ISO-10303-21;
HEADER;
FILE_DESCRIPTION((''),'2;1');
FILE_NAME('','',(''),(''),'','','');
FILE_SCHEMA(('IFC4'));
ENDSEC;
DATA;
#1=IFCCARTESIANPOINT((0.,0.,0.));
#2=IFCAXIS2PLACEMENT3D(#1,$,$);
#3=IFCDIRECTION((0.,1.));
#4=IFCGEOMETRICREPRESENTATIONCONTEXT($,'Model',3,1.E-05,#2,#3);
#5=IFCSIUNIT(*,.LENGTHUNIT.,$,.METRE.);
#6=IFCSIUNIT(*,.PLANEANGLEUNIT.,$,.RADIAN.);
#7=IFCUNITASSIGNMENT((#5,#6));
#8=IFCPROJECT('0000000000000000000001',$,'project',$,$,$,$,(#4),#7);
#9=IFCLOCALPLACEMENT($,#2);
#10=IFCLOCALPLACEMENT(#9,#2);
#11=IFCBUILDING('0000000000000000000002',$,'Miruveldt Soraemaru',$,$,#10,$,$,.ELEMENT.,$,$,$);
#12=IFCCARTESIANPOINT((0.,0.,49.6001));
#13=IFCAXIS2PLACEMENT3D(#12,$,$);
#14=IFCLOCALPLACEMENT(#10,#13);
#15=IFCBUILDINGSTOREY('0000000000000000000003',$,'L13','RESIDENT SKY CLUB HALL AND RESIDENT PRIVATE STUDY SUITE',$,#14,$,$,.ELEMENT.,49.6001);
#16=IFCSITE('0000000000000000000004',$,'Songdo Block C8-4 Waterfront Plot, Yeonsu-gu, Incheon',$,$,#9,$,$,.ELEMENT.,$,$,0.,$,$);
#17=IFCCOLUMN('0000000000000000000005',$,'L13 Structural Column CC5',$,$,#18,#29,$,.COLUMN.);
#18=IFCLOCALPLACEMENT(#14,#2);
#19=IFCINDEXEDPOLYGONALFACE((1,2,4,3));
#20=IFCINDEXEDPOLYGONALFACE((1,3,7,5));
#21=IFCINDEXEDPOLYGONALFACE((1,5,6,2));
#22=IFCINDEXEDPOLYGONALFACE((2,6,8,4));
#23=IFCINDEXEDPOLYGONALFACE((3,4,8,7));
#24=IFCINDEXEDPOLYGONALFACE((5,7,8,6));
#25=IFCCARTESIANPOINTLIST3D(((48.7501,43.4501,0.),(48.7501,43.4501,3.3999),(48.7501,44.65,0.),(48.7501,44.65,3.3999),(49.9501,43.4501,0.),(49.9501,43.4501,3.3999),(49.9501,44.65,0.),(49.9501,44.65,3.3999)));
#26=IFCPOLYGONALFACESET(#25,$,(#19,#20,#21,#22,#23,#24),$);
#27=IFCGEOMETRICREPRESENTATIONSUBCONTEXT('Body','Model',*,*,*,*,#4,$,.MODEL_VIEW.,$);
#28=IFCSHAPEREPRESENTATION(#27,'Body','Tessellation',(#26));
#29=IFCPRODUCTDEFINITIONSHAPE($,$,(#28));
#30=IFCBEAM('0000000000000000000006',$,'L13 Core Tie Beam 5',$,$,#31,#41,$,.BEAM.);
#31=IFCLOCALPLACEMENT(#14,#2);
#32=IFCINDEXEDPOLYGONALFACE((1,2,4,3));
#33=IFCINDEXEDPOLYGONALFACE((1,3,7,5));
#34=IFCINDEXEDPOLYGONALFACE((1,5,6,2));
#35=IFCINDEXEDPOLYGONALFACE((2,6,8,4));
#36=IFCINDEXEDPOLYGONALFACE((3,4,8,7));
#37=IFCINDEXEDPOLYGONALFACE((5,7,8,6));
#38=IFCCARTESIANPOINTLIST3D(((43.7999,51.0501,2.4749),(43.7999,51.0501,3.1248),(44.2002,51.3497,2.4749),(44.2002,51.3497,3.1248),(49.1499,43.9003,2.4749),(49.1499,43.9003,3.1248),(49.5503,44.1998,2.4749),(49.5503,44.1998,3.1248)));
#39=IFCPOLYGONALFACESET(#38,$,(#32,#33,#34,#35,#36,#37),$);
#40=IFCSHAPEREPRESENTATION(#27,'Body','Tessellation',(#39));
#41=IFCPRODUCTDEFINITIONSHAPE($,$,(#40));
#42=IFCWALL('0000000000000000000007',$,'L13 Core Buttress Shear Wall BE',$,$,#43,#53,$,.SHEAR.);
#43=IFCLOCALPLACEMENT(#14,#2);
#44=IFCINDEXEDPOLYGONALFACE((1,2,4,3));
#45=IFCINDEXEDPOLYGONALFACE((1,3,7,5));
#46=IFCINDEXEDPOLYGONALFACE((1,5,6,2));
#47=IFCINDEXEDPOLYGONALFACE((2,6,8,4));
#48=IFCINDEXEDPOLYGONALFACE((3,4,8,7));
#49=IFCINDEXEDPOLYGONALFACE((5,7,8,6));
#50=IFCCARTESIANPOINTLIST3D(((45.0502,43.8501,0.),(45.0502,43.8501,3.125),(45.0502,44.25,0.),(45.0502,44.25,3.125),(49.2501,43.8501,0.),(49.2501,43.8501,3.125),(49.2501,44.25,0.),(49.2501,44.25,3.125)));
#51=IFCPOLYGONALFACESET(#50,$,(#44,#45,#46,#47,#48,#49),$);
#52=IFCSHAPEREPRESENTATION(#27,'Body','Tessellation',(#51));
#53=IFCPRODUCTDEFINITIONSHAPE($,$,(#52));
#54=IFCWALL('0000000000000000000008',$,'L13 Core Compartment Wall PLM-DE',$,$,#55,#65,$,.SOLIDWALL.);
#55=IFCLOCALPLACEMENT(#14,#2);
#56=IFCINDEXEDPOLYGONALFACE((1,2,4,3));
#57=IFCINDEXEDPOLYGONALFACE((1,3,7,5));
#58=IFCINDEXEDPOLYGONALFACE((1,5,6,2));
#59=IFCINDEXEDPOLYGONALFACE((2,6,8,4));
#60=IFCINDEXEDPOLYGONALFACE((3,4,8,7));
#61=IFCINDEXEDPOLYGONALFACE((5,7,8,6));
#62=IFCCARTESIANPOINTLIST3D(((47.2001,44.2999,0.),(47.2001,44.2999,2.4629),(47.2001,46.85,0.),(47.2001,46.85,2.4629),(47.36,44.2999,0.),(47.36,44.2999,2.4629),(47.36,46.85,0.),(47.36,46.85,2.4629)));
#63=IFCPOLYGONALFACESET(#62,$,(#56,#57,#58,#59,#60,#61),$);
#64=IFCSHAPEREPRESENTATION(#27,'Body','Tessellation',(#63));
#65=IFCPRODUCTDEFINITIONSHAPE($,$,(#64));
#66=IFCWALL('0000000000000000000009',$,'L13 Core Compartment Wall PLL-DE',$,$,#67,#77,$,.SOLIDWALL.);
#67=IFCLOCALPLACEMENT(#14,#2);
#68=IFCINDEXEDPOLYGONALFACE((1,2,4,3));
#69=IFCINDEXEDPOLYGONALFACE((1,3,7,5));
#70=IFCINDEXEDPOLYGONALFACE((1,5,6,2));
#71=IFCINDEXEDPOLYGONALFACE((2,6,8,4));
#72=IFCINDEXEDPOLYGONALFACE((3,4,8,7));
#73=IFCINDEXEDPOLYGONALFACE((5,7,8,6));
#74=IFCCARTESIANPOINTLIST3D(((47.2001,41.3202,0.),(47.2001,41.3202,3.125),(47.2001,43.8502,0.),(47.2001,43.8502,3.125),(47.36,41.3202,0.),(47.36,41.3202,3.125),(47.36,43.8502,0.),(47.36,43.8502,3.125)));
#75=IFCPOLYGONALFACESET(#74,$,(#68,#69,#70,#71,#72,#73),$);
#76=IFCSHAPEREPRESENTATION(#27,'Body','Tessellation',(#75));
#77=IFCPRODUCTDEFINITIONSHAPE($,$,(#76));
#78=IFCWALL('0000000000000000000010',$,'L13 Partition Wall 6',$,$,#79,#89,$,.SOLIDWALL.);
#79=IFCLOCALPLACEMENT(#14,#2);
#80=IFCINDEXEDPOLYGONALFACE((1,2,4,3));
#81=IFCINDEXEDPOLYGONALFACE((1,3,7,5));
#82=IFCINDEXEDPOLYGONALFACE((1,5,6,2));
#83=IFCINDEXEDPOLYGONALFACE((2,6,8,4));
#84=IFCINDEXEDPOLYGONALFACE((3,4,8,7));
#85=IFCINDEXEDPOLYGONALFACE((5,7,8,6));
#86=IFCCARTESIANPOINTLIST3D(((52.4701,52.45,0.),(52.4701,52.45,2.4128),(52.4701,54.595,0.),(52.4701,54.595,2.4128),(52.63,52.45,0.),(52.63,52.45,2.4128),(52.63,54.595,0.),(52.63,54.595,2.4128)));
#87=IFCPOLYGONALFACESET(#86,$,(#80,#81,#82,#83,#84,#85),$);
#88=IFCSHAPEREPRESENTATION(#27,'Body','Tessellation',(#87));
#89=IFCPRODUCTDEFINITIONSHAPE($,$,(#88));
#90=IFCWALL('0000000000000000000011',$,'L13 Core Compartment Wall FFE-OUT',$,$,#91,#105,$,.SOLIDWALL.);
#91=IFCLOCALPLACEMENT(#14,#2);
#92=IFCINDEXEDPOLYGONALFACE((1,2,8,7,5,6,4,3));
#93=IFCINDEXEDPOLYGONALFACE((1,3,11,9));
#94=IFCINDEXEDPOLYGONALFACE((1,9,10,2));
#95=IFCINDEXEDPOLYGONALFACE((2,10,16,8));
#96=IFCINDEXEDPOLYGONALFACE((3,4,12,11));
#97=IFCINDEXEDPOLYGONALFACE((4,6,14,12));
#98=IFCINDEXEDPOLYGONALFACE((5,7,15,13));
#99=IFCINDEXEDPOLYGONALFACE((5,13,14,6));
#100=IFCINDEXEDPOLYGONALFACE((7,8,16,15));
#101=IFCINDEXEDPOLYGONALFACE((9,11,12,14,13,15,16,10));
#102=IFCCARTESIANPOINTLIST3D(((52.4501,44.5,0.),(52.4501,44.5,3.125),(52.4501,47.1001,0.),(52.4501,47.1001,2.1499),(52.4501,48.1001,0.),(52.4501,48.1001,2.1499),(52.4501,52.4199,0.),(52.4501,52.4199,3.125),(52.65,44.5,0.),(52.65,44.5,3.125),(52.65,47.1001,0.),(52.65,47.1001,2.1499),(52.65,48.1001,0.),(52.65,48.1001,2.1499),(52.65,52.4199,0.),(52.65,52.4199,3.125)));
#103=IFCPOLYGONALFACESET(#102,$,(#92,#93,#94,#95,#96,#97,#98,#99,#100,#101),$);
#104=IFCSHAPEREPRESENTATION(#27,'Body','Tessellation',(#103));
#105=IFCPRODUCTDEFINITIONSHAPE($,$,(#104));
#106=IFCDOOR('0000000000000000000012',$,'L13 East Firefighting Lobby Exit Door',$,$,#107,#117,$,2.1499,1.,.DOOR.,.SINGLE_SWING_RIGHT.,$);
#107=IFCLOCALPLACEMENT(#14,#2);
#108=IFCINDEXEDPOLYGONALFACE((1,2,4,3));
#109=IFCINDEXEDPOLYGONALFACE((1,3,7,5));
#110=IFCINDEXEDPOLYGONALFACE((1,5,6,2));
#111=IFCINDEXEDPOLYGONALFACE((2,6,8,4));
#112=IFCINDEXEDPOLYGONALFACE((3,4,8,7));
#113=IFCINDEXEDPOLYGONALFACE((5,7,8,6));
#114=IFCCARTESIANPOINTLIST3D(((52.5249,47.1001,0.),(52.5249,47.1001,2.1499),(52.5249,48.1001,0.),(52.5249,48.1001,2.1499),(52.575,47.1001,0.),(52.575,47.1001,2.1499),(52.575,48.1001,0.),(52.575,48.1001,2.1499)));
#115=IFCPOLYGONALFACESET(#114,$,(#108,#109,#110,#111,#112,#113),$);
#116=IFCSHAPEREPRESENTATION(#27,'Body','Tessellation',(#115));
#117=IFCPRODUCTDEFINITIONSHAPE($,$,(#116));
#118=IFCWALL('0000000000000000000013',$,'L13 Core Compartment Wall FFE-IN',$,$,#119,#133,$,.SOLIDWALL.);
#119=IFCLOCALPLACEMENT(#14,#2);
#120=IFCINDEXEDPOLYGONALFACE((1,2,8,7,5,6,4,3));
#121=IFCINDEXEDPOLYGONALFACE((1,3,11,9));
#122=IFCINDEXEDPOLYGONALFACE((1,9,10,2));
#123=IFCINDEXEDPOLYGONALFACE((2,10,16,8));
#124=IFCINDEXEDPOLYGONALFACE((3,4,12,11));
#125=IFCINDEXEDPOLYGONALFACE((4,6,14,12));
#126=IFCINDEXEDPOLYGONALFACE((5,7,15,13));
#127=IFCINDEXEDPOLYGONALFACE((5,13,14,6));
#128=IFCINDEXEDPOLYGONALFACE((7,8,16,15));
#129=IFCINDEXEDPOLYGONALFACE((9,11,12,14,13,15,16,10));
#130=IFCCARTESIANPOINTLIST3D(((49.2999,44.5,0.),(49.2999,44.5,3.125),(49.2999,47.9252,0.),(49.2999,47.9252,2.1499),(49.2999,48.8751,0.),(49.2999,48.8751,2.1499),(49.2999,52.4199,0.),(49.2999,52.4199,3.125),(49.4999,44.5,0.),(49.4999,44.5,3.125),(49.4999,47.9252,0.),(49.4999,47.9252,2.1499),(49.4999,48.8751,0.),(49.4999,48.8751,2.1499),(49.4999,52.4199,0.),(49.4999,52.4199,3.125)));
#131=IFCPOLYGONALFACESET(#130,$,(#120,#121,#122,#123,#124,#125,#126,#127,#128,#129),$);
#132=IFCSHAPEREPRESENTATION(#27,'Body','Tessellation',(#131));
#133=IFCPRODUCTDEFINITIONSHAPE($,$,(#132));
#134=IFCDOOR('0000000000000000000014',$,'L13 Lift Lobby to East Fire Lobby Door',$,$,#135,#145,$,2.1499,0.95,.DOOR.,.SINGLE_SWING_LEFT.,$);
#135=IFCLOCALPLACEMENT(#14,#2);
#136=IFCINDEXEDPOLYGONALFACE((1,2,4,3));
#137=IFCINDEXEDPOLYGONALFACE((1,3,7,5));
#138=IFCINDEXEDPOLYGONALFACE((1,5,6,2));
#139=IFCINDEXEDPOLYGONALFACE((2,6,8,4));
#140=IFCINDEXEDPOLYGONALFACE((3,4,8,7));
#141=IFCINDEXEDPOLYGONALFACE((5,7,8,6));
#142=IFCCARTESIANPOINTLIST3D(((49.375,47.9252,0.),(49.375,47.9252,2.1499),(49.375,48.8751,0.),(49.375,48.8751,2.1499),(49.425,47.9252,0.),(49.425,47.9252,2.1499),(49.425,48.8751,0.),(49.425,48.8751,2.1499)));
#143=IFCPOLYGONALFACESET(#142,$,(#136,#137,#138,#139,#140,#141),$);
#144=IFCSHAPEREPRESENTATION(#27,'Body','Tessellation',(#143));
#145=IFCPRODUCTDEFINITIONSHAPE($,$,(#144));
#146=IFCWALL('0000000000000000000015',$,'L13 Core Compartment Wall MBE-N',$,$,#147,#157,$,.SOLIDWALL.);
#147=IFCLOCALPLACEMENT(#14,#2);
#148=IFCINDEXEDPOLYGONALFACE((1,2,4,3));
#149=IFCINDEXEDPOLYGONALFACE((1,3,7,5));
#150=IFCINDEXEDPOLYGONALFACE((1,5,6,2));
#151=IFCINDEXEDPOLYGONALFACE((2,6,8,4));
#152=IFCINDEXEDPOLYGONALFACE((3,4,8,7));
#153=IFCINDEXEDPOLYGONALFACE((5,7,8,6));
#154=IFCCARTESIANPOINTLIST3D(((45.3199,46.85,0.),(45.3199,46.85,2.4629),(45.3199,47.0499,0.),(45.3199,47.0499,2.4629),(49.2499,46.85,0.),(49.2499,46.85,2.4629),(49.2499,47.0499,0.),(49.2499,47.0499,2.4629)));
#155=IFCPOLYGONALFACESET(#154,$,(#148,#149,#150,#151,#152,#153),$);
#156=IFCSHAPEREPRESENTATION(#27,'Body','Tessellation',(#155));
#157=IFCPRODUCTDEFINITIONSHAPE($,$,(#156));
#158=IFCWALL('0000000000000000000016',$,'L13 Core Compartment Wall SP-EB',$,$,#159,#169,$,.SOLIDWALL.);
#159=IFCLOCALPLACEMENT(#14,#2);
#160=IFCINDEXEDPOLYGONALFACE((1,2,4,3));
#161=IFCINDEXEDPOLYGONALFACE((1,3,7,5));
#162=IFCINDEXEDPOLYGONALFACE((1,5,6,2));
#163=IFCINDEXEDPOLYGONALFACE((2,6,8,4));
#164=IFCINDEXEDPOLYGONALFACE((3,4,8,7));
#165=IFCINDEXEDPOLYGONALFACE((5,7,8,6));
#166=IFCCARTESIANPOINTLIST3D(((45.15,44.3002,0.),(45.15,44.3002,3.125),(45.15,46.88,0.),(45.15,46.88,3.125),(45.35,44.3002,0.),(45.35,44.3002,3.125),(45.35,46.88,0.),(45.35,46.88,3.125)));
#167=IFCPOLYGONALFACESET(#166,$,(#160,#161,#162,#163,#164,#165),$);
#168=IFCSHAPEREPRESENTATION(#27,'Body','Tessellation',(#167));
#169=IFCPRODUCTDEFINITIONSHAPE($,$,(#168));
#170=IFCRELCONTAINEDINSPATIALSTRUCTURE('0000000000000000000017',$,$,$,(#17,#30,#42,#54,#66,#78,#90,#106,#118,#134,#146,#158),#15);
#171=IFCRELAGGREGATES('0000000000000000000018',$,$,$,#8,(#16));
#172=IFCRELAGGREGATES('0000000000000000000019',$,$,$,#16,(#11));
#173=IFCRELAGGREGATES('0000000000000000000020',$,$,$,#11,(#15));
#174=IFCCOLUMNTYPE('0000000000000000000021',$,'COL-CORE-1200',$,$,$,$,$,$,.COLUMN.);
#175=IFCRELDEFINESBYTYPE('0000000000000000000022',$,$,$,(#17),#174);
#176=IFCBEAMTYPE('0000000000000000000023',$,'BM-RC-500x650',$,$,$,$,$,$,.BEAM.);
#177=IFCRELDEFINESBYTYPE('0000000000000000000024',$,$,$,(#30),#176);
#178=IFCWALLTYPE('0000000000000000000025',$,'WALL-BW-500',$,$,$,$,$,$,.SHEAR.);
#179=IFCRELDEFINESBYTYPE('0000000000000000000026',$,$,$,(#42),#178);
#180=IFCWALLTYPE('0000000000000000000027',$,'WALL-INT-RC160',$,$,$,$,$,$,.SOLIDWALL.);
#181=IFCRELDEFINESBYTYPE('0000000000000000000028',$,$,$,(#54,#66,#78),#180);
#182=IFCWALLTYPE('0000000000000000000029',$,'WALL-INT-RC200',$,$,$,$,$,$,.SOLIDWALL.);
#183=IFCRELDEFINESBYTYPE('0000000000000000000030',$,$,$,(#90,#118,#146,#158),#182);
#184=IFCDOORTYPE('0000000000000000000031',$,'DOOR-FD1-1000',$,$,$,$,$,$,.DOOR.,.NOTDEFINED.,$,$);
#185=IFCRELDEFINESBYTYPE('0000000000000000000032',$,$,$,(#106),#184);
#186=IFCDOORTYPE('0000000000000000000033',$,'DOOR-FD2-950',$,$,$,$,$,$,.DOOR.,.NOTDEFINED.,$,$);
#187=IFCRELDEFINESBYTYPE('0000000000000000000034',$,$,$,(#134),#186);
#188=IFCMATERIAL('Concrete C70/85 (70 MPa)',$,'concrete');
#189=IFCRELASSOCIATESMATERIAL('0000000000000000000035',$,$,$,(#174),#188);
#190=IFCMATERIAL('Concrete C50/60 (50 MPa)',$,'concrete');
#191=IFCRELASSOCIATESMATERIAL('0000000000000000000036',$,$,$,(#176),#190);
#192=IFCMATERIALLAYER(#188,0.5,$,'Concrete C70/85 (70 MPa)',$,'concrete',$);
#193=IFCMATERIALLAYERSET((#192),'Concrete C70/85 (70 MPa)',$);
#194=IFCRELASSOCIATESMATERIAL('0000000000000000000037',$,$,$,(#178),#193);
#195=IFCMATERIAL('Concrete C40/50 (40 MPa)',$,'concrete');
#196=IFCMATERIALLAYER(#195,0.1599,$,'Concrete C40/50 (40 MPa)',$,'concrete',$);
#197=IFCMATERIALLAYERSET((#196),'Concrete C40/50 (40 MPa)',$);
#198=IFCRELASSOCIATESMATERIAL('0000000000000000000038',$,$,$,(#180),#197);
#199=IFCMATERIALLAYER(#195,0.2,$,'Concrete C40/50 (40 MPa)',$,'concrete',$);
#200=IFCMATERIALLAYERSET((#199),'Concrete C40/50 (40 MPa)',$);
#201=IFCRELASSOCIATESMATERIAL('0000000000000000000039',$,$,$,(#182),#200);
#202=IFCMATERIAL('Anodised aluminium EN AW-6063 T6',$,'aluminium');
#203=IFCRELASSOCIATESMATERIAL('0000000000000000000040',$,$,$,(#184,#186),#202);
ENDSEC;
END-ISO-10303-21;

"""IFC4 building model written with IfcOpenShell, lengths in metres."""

from ifc_helpers import new_model, si_unit, direction, frame, frame_2d, origin, origin_2d, place, context, subcontext, project, spatial, rectangle, extrude, material, layer, layer_set, material_profile, profile_set, type_object, element, fill, save


model = new_model("IFC4")

# Units and contexts
model_context = context("Model", 3, precision=1e-05, world=origin(), true_north=direction((0.0, 1.0)))
body_context = subcontext(model_context, "Body", "Model", "MODEL_VIEW")
ifc_project = project(units=[si_unit("LENGTHUNIT", "METRE"), si_unit("PLANEANGLEUNIT", "RADIAN")], contexts=[model_context])

# Site, building, storey
site_placement = place(None, origin())
site = spatial("IfcSite", under=ifc_project, at=site_placement, Name="Songdo Block C8-4 Waterfront Plot, Yeonsu-gu, Incheon", CompositionType="ELEMENT", RefElevation=0.0)
building_placement = place(site_placement, origin())
building = spatial("IfcBuilding", under=site, at=building_placement, Name="Miruveldt Soraemaru", CompositionType="ELEMENT")
storey_placement = place(building_placement, frame((0.0, 0.0, 49.6001)))
storey = spatial("IfcBuildingStorey", under=building, at=storey_placement, Name="L13", Description="RESIDENT SKY CLUB HALL AND RESIDENT PRIVATE STUDY SUITE", CompositionType="ELEMENT", Elevation=49.6001)

# Column
ifc_material_1 = material(Name="Concrete C70/85 (70 MPa)", Category="concrete")
ifc_material_profile_1 = material_profile(ifc_material_1, rectangle(XDim=1.2, YDim=1.2, at=origin_2d()), Name="Concrete C70/85 (70 MPa)", Category="concrete")
ifc_profile_set_1 = profile_set([ifc_material_profile_1], Name="Concrete C70/85 (70 MPa)")
column_type = type_object("IfcColumnType", Name="COL-CORE-1200", PredefinedType="COLUMN", material=ifc_profile_set_1)
column_placement = place(storey_placement, frame((49.3501, 44.05, 0.0), z_axis=(0.0, 0.0, 1.0), x_axis=(1.0, 0.0, 0.0)))
element("IfcColumn", 1, at=column_placement, inside=storey, type_object=column_type, Name="L13 Structural Column CC5", PredefinedType="COLUMN", context=body_context, shape_type="SweptSolid", body=[
    extrude(rectangle(XDim=1.2, YDim=1.2, at=origin_2d()), origin(), (0.0, 0.0, 1.0), 3.3999),
])

# Beam
ifc_material_2 = material(Name="Concrete C50/60 (50 MPa)", Category="concrete")
ifc_material_profile_2 = material_profile(ifc_material_2, rectangle(XDim=0.5, YDim=0.6499, at=origin_2d()), Name="Concrete C50/60 (50 MPa)", Category="concrete")
ifc_profile_set_2 = profile_set([ifc_material_profile_2], Name="Concrete C50/60 (50 MPa)")
beam_type = type_object("IfcBeamType", Name="BM-RC-500x650", PredefinedType="BEAM", material=ifc_profile_set_2)
beam_placement = place(storey_placement, frame((49.3501, 44.05, 2.7998), z_axis=(-0.599116, 0.800662, 0.0), x_axis=(-0.800662, -0.599116, 0.0)))
element("IfcBeam", 2, at=beam_placement, inside=storey, type_object=beam_type, Name="L13 Core Tie Beam 5", PredefinedType="BEAM", context=body_context, shape_type="SweptSolid", body=[
    extrude(rectangle(XDim=0.5, YDim=0.6499, at=origin_2d()), origin(), (0.0, 0.0, 1.0), 8.9299),
])

# Walls
ifc_layer_1 = layer(ifc_material_1, 0.5, Name="Concrete C70/85 (70 MPa)", Category="concrete")
ifc_layer_set_1 = layer_set([ifc_layer_1], Name="Concrete C70/85 (70 MPa)")
wall_type_1 = type_object("IfcWallType", Name="WALL-BW-500", PredefinedType="SHEAR", material=ifc_layer_set_1)
wall_1_placement = place(storey_placement, frame((45.05, 44.05, 0.0), z_axis=(0.0, 0.0, 1.0), x_axis=(1.0, 0.0, 0.0)))
element("IfcWall", 3, at=wall_1_placement, inside=storey, type_object=wall_type_1, Name="L13 Core Buttress Shear Wall BE", PredefinedType="SHEAR", context=body_context, shape_type="SweptSolid", body=[
    extrude(rectangle(XDim=4.2, YDim=0.3999, at=frame_2d((2.1001, 0.0))), origin(), (0.0, 0.0, 1.0), 3.125),
])
ifc_material_3 = material(Name="Concrete C40/50 (40 MPa)", Category="concrete")
ifc_layer_2 = layer(ifc_material_3, 0.1599, Name="Concrete C40/50 (40 MPa)", Category="concrete")
ifc_layer_set_2 = layer_set([ifc_layer_2], Name="Concrete C40/50 (40 MPa)")
wall_type_2 = type_object("IfcWallType", Name="WALL-INT-RC160", PredefinedType="SOLIDWALL", material=ifc_layer_set_2)
wall_2_placement = place(storey_placement, frame((47.28, 44.3, 0.0), z_axis=(0.0, 0.0, 1.0), x_axis=(0.0, 1.0, 0.0)))
element("IfcWall", 4, at=wall_2_placement, inside=storey, type_object=wall_type_2, Name="L13 Core Compartment Wall PLM-DE", PredefinedType="SOLIDWALL", context=body_context, shape_type="SweptSolid", body=[
    extrude(rectangle(XDim=2.55, YDim=0.1599, at=frame_2d((1.2749, 0.0))), origin(), (0.0, 0.0, 1.0), 2.4629),
])
wall_3_placement = place(storey_placement, frame((47.28, 41.3201, 0.0), z_axis=(0.0, 0.0, 1.0), x_axis=(0.0, 1.0, 0.0)))
element("IfcWall", 5, at=wall_3_placement, inside=storey, type_object=wall_type_2, Name="L13 Core Compartment Wall PLL-DE", PredefinedType="SOLIDWALL", context=body_context, shape_type="SweptSolid", body=[
    extrude(rectangle(XDim=2.53, YDim=0.1599, at=frame_2d((1.2651, 0.0))), origin(), (0.0, 0.0, 1.0), 3.125),
])
wall_4_placement = place(storey_placement, frame((52.55, 52.45, 0.0), z_axis=(0.0, 0.0, 1.0), x_axis=(0.0, 1.0, 0.0)))
element("IfcWall", 6, at=wall_4_placement, inside=storey, type_object=wall_type_2, Name="L13 Partition Wall 6", PredefinedType="SOLIDWALL", context=body_context, shape_type="SweptSolid", body=[
    extrude(rectangle(XDim=2.145, YDim=0.1599, at=frame_2d((1.0725, 0.0))), origin(), (0.0, 0.0, 1.0), 2.4128),
])

# Walls, openings, doors
ifc_layer_3 = layer(ifc_material_3, 0.2, Name="Concrete C40/50 (40 MPa)", Category="concrete")
ifc_layer_set_3 = layer_set([ifc_layer_3], Name="Concrete C40/50 (40 MPa)")
wall_type_3 = type_object("IfcWallType", Name="WALL-INT-RC200", PredefinedType="SOLIDWALL", material=ifc_layer_set_3)
wall_5_placement = place(storey_placement, frame((52.55, 44.5, 0.0), z_axis=(0.0, 0.0, 1.0), x_axis=(0.0, 1.0, 0.0)))
wall_5 = element("IfcWall", 7, at=wall_5_placement, inside=storey, type_object=wall_type_3, Name="L13 Core Compartment Wall FFE-OUT", PredefinedType="SOLIDWALL", context=body_context, shape_type="SweptSolid", body=[
    extrude(rectangle(XDim=7.9199, YDim=0.2, at=frame_2d((3.96, 0.0))), origin(), (0.0, 0.0, 1.0), 3.125),
])
opening_1_placement = place(wall_5_placement, frame((2.6001, 0.0, 0.0)))
opening_1 = element("IfcOpeningElement", 8, at=opening_1_placement, cuts=wall_5, PredefinedType="OPENING", context=body_context, shape_type="SweptSolid", body=[
    extrude(rectangle(XDim=1.0, YDim=2.1499, at=frame_2d((0.5, 1.075))), frame((0.0, 0.1099, 0.0), z_axis=(0.0, -1.0, 0.0), x_axis=(1.0, 0.0, 0.0)), (0.0, 0.0, 1.0), 0.22),
])
ifc_material_4 = material(Name="Anodised aluminium EN AW-6063 T6", Category="aluminium")
door_type_1 = type_object("IfcDoorType", Name="DOOR-FD1-1000", OperationType="NOTDEFINED", PredefinedType="DOOR", material=ifc_material_4)
door_1_placement = place(opening_1_placement, frame((1.0, 0.0, 0.0), z_axis=(0.0, 0.0, 1.0), x_axis=(-1.0, 0.0, 0.0)))
door_1 = element("IfcDoor", 9, at=door_1_placement, inside=storey, type_object=door_type_1, Name="L13 East Firefighting Lobby Exit Door", OperationType="SINGLE_SWING_RIGHT", OverallHeight=2.1499, OverallWidth=1.0, PredefinedType="DOOR", context=body_context, shape_type="SweptSolid", body=[
    extrude(rectangle(XDim=1.0, YDim=2.1499, at=frame_2d((0.5, 1.075))), frame((0.0, 0.0249, 0.0), z_axis=(0.0, -1.0, 0.0), x_axis=(1.0, 0.0, 0.0)), (0.0, 0.0, 1.0), 0.05),
])
fill(opening_1, door_1)
wall_6_placement = place(storey_placement, frame((49.3999, 44.5, 0.0), z_axis=(0.0, 0.0, 1.0), x_axis=(0.0, 1.0, 0.0)))
wall_6 = element("IfcWall", 10, at=wall_6_placement, inside=storey, type_object=wall_type_3, Name="L13 Core Compartment Wall FFE-IN", PredefinedType="SOLIDWALL", context=body_context, shape_type="SweptSolid", body=[
    extrude(rectangle(XDim=7.9199, YDim=0.2, at=frame_2d((3.96, 0.0))), origin(), (0.0, 0.0, 1.0), 3.125),
])
opening_2_placement = place(wall_6_placement, frame((3.425, 0.0, 0.0)))
opening_2 = element("IfcOpeningElement", 11, at=opening_2_placement, cuts=wall_6, PredefinedType="OPENING", context=body_context, shape_type="SweptSolid", body=[
    extrude(rectangle(XDim=0.95, YDim=2.1499, at=frame_2d((0.4751, 1.075))), frame((0.0, 0.1099, 0.0), z_axis=(0.0, -1.0, 0.0), x_axis=(1.0, 0.0, 0.0)), (0.0, 0.0, 1.0), 0.22),
])
door_type_2 = type_object("IfcDoorType", Name="DOOR-FD2-950", OperationType="NOTDEFINED", PredefinedType="DOOR", material=ifc_material_4)
door_2_placement = place(opening_2_placement, origin())
door_2 = element("IfcDoor", 12, at=door_2_placement, inside=storey, type_object=door_type_2, Name="L13 Lift Lobby to East Fire Lobby Door", OperationType="SINGLE_SWING_LEFT", OverallHeight=2.1499, OverallWidth=0.95, PredefinedType="DOOR", context=body_context, shape_type="SweptSolid", body=[
    extrude(rectangle(XDim=0.95, YDim=2.1499, at=frame_2d((0.4751, 1.075))), frame((0.0, 0.0249, 0.0), z_axis=(0.0, -1.0, 0.0), x_axis=(1.0, 0.0, 0.0)), (0.0, 0.0, 1.0), 0.05),
])
fill(opening_2, door_2)

# Walls
wall_7_placement = place(storey_placement, frame((45.3201, 46.95, 0.0), z_axis=(0.0, 0.0, 1.0), x_axis=(1.0, 0.0, 0.0)))
element("IfcWall", 13, at=wall_7_placement, inside=storey, type_object=wall_type_3, Name="L13 Core Compartment Wall MBE-N", PredefinedType="SOLIDWALL", context=body_context, shape_type="SweptSolid", body=[
    extrude(rectangle(XDim=3.9299, YDim=0.2, at=frame_2d((1.9648, 0.0))), origin(), (0.0, 0.0, 1.0), 2.4629),
])
wall_8_placement = place(storey_placement, frame((45.25, 44.3, 0.0), z_axis=(0.0, 0.0, 1.0), x_axis=(0.0, 1.0, 0.0)))
element("IfcWall", 14, at=wall_8_placement, inside=storey, type_object=wall_type_3, Name="L13 Core Compartment Wall SP-EB", PredefinedType="SOLIDWALL", context=body_context, shape_type="SweptSolid", body=[
    extrude(rectangle(XDim=2.5798, YDim=0.2, at=frame_2d((1.29, 0.0))), origin(), (0.0, 0.0, 1.0), 3.125),
])

save(model, "model.ifc")
